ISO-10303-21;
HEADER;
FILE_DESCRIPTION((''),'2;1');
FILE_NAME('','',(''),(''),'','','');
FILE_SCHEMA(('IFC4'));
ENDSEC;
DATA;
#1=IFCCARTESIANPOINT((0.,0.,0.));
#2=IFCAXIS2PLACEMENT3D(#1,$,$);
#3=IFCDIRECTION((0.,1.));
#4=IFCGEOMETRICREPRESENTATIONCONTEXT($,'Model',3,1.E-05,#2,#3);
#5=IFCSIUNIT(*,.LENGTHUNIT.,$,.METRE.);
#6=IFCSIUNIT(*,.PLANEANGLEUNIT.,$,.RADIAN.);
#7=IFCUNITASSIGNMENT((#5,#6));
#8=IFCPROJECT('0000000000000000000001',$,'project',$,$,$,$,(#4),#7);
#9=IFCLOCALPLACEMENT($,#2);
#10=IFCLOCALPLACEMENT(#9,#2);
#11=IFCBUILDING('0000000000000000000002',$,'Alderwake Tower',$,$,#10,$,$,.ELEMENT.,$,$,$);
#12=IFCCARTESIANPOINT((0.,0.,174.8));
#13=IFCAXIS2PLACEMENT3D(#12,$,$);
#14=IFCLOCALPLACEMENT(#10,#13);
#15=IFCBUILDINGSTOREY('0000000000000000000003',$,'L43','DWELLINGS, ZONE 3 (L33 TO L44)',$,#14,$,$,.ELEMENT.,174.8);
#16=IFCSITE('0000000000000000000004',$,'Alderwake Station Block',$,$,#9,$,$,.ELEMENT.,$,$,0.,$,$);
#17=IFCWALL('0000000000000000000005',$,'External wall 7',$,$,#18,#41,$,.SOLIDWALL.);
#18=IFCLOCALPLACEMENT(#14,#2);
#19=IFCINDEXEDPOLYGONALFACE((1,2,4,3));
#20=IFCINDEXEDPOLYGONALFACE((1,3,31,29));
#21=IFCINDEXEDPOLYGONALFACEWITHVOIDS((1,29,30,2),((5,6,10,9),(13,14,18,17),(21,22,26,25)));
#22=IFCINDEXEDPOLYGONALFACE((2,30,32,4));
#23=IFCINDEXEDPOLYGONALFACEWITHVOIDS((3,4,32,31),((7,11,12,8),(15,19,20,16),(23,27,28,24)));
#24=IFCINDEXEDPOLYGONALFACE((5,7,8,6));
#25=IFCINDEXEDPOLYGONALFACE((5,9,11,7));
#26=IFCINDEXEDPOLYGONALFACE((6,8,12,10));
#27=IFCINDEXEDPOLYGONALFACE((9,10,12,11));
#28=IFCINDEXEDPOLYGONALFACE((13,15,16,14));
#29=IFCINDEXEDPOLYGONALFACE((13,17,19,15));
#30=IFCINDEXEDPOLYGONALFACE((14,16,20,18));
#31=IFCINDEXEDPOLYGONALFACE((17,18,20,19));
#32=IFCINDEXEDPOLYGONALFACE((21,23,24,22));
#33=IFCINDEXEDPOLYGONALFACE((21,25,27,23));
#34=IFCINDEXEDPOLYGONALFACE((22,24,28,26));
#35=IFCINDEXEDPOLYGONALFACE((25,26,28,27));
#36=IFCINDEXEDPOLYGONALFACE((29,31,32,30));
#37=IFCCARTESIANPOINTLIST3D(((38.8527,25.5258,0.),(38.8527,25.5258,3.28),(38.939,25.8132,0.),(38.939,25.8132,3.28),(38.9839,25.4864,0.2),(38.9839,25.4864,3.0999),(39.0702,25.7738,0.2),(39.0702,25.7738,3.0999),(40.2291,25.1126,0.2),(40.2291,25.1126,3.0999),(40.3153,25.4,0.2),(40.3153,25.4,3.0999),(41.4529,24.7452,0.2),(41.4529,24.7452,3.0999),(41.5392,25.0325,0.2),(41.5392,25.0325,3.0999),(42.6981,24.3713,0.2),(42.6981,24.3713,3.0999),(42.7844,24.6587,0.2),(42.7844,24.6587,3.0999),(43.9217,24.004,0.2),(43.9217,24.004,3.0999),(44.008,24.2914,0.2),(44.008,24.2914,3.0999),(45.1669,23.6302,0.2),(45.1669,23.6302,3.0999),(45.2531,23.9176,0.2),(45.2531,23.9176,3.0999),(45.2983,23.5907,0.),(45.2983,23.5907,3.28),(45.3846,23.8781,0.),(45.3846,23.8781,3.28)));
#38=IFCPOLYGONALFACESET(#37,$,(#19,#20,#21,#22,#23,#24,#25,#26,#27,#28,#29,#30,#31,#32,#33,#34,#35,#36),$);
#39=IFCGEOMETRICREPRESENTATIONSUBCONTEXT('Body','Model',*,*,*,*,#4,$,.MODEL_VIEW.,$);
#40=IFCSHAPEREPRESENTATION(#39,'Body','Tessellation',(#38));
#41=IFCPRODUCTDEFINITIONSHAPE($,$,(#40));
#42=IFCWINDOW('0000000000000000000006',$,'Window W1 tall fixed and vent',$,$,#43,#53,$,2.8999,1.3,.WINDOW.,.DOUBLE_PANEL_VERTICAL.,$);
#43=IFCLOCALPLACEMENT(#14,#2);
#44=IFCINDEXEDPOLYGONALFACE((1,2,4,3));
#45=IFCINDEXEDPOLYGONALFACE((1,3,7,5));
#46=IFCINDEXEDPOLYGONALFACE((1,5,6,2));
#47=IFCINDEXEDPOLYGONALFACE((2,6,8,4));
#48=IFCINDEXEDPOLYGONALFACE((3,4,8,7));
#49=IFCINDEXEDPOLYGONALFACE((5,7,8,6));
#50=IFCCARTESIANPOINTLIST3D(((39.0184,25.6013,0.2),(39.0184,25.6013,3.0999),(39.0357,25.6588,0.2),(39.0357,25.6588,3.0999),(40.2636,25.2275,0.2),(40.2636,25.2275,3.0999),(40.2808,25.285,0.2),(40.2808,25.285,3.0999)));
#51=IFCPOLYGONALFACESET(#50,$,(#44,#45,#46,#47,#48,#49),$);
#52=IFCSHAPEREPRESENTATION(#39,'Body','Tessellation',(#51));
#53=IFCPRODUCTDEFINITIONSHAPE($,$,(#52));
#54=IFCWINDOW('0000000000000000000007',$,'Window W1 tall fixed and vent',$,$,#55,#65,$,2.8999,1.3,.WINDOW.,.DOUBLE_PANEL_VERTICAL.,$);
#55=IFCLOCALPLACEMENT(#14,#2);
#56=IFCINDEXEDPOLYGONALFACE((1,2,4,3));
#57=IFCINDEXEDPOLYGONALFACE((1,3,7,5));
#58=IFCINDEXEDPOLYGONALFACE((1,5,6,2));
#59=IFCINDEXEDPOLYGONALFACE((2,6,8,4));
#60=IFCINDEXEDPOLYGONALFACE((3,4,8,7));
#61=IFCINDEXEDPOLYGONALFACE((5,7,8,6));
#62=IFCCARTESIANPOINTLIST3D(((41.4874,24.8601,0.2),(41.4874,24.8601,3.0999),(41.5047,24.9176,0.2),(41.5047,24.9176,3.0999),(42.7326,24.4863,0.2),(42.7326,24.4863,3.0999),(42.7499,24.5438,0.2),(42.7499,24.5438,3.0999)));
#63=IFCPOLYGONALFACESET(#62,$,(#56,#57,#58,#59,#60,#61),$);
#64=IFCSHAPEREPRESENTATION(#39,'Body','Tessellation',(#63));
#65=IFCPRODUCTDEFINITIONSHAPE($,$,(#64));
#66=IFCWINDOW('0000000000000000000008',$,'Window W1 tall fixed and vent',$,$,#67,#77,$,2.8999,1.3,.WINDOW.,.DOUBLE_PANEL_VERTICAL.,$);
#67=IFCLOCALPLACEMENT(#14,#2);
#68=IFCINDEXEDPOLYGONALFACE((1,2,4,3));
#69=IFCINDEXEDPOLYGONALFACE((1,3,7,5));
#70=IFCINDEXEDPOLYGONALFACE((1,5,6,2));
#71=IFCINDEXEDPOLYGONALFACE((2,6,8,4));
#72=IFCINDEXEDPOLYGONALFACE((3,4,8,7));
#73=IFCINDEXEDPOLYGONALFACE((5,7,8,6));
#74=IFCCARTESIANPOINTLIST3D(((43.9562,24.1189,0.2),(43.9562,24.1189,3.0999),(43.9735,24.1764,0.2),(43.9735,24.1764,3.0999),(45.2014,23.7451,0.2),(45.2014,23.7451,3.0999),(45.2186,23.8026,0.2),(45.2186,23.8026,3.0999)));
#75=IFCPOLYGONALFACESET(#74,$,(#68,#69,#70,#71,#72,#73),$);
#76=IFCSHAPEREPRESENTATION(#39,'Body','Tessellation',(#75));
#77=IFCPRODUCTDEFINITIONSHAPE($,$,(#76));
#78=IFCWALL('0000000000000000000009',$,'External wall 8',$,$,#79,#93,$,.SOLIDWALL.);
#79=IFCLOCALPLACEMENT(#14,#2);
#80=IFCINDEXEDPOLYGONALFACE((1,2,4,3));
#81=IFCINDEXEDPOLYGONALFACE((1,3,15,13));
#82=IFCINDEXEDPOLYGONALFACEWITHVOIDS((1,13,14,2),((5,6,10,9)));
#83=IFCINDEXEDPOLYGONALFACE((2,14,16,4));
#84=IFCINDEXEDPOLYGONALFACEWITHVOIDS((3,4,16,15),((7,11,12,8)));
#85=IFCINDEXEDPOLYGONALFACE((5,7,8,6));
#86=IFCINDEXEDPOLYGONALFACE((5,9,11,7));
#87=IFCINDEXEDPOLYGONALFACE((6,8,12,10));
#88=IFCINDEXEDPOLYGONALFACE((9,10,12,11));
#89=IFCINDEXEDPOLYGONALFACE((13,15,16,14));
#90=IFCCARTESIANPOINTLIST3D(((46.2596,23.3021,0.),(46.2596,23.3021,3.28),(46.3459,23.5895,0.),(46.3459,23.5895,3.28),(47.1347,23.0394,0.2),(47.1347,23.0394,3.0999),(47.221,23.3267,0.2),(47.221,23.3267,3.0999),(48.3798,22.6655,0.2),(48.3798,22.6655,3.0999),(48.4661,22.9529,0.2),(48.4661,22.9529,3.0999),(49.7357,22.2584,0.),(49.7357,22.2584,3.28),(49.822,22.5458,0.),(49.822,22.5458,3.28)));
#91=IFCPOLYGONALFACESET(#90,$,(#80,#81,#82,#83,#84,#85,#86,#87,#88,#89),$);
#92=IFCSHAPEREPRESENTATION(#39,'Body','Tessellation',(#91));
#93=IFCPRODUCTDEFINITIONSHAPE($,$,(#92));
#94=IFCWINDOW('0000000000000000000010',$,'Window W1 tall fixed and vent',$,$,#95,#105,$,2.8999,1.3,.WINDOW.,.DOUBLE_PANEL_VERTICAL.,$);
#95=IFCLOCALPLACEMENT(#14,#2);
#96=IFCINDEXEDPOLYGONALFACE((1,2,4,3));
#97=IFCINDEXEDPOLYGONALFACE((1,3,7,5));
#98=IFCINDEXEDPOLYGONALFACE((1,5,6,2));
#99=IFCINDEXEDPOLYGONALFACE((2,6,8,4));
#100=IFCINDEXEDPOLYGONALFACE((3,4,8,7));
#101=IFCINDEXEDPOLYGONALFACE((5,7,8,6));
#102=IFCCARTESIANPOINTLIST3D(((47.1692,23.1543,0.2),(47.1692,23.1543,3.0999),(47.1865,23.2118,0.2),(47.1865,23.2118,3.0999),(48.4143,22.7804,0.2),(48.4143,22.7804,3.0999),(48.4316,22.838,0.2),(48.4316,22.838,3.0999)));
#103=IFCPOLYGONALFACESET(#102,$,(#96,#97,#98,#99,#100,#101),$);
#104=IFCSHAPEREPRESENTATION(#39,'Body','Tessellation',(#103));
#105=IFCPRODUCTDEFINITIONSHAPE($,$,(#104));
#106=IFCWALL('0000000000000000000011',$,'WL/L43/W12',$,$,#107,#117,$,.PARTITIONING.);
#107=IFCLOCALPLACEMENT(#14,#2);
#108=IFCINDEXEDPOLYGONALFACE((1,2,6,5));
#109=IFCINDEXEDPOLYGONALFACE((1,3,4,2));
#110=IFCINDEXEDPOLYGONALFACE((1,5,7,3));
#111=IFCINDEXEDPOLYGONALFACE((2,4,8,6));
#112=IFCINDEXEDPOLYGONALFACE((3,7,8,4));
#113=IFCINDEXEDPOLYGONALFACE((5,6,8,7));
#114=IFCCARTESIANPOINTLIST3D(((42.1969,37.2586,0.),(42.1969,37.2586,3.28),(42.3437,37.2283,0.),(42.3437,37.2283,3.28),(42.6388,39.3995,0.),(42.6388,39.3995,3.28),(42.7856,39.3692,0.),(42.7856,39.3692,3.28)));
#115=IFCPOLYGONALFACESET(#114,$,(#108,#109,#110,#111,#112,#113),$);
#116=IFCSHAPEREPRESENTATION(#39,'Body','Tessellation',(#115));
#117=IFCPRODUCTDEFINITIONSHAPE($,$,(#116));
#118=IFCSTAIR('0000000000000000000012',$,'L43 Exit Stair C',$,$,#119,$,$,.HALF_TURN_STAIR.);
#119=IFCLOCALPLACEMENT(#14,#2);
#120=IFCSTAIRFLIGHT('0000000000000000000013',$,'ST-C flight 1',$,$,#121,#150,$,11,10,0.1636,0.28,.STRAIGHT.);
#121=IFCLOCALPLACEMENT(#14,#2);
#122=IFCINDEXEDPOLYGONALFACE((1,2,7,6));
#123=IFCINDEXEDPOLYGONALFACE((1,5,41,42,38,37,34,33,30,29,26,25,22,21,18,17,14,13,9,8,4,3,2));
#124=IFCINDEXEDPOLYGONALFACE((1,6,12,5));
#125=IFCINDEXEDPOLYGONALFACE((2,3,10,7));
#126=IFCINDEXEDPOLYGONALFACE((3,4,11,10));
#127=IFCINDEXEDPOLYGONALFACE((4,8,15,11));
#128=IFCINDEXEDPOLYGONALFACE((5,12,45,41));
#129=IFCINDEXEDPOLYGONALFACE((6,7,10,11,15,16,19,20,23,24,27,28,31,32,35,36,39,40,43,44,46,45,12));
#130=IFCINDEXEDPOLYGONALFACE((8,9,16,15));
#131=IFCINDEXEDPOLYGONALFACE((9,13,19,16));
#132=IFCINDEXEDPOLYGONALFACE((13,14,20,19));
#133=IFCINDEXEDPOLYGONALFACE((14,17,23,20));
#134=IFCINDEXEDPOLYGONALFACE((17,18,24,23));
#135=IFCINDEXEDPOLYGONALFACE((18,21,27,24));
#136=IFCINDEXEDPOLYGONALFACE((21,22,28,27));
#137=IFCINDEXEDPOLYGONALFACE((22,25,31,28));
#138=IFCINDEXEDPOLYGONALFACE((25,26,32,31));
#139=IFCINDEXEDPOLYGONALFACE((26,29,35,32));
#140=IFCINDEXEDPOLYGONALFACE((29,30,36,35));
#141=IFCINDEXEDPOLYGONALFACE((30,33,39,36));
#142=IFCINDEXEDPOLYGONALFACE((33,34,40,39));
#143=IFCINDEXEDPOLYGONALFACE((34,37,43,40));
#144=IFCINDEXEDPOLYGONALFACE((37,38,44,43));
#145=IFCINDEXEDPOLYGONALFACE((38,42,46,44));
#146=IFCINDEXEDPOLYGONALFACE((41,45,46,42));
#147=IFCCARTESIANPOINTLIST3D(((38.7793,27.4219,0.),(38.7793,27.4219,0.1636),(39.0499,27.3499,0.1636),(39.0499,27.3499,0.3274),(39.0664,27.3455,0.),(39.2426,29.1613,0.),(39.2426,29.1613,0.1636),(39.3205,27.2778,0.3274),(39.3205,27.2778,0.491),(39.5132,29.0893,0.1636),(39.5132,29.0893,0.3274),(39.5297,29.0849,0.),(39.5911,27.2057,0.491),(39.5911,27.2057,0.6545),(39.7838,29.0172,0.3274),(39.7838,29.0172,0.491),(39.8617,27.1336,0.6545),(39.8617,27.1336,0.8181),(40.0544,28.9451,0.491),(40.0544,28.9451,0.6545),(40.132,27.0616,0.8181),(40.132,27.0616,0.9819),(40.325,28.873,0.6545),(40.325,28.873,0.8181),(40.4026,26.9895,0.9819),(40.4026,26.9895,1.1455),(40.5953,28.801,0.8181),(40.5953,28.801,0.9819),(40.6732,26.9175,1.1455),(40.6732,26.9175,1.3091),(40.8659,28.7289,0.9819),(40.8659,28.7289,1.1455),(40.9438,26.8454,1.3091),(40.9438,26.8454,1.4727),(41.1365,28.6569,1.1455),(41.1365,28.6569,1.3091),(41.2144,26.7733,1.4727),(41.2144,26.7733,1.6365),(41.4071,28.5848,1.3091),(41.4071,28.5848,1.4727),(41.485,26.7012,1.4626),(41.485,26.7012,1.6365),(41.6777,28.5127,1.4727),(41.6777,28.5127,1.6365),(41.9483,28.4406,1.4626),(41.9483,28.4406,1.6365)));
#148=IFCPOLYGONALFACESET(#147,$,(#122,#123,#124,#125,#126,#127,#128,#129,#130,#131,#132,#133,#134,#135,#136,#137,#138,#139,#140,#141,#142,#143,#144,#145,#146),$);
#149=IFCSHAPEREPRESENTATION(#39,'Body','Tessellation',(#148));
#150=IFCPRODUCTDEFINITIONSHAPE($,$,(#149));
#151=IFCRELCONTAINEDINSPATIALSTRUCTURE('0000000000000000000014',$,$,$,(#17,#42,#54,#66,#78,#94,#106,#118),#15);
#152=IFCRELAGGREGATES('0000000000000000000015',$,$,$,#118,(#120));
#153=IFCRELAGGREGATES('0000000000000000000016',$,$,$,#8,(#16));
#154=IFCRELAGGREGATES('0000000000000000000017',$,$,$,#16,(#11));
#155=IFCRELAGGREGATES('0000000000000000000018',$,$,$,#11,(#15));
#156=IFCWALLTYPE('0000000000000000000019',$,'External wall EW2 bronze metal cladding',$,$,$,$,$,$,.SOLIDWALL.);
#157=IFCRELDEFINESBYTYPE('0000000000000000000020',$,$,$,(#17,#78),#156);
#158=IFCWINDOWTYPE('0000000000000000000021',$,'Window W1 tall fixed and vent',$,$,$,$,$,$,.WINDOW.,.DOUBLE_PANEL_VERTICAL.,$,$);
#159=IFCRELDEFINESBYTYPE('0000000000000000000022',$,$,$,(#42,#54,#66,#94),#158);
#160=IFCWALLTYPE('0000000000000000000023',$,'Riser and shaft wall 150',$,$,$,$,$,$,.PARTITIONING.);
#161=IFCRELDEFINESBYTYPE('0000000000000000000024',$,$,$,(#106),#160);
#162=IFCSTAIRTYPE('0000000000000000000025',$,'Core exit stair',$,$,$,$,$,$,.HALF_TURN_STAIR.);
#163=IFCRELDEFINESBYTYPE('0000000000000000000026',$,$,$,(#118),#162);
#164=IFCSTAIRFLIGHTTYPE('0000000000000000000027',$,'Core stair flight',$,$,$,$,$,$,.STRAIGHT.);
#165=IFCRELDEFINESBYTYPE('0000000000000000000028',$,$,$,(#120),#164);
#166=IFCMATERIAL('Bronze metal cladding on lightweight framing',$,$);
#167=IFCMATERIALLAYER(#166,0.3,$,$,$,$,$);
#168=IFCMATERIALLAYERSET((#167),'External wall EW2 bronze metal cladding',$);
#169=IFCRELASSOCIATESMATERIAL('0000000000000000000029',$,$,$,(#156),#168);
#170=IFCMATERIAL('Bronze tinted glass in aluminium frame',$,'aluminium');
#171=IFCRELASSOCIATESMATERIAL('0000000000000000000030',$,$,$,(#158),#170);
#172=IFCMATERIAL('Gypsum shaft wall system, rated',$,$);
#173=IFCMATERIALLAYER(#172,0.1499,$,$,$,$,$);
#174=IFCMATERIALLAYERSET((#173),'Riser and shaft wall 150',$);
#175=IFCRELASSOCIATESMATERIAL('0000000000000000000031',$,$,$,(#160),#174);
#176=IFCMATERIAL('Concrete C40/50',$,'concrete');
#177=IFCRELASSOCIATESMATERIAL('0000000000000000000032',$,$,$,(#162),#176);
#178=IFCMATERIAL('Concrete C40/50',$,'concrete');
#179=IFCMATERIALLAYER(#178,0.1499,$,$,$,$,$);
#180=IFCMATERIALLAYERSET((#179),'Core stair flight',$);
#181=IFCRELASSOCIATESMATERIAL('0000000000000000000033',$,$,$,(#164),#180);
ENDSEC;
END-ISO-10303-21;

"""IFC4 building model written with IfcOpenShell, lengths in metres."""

from ifc_helpers import new_model, si_unit, direction, frame, frame_2d, origin, place, context, subcontext, project, spatial, polyline, rectangle, outline, extrude, material, layer, layer_set, type_object, element, fill, aggregate, save


model = new_model("IFC4")

# Units and contexts
model_context = context("Model", 3, precision=1e-05, world=origin(), true_north=direction((0.0, 1.0)))
body_context = subcontext(model_context, "Body", "Model", "MODEL_VIEW")
ifc_project = project(units=[si_unit("LENGTHUNIT", "METRE"), si_unit("PLANEANGLEUNIT", "RADIAN")], contexts=[model_context])

# Site, building, storey
site_placement = place(None, origin())
site = spatial("IfcSite", under=ifc_project, at=site_placement, Name="Alderwake Station Block", CompositionType="ELEMENT", RefElevation=0.0)
building_placement = place(site_placement, origin())
building = spatial("IfcBuilding", under=site, at=building_placement, Name="Alderwake Tower", CompositionType="ELEMENT")
storey_placement = place(building_placement, frame((0.0, 0.0, 174.8)))
storey = spatial("IfcBuildingStorey", under=building, at=storey_placement, Name="L43", Description="DWELLINGS, ZONE 3 (L33 TO L44)", CompositionType="ELEMENT", Elevation=174.8)

# Wall, openings, windows
ifc_material_1 = material(Name="Bronze metal cladding on lightweight framing")
ifc_layer_1 = layer(ifc_material_1, 0.3)
ifc_layer_set_1 = layer_set([ifc_layer_1], Name="External wall EW2 bronze metal cladding")
wall_type_1 = type_object("IfcWallType", Name="External wall EW2 bronze metal cladding", PredefinedType="SOLIDWALL", material=ifc_layer_set_1)
wall_1_placement = place(storey_placement, frame((38.896, 25.6694, 0.0), z_axis=(0.0, 0.0, 1.0), x_axis=(0.957769, -0.287538, 0.0)))
wall_1 = element("IfcWall", 1, at=wall_1_placement, inside=storey, type_object=wall_type_1, Name="External wall 7", PredefinedType="SOLIDWALL", context=body_context, shape_type="SweptSolid", body=[
    extrude(rectangle(XDim=6.7297, YDim=0.3, at=frame_2d((3.3647, 0.0))), origin(), (0.0, 0.0, 1.0), 3.28),
])
opening_1_placement = place(wall_1_placement, frame((0.137, 0.0, 0.2)))
opening_1 = element("IfcOpeningElement", 2, at=opening_1_placement, cuts=wall_1, PredefinedType="OPENING", context=body_context, shape_type="SweptSolid", body=[
    extrude(rectangle(XDim=1.3, YDim=2.8999, at=frame_2d((0.6499, 1.45))), frame((0.0, 0.1599, 0.0), z_axis=(0.0, -1.0, 0.0), x_axis=(1.0, 0.0, 0.0)), (0.0, 0.0, 1.0), 0.3201),
])
opening_2_placement = place(wall_1_placement, frame((2.7148, 0.0, 0.2)))
opening_2 = element("IfcOpeningElement", 3, at=opening_2_placement, cuts=wall_1, PredefinedType="OPENING", context=body_context, shape_type="SweptSolid", body=[
    extrude(rectangle(XDim=1.3, YDim=2.8999, at=frame_2d((0.6499, 1.45))), frame((0.0, 0.1599, 0.0), z_axis=(0.0, -1.0, 0.0), x_axis=(1.0, 0.0, 0.0)), (0.0, 0.0, 1.0), 0.3201),
])
opening_3_placement = place(wall_1_placement, frame((5.2925, 0.0, 0.2)))
opening_3 = element("IfcOpeningElement", 4, at=opening_3_placement, cuts=wall_1, PredefinedType="OPENING", context=body_context, shape_type="SweptSolid", body=[
    extrude(rectangle(XDim=1.3, YDim=2.8999, at=frame_2d((0.6499, 1.45))), frame((0.0, 0.1599, 0.0), z_axis=(0.0, -1.0, 0.0), x_axis=(1.0, 0.0, 0.0)), (0.0, 0.0, 1.0), 0.3201),
])
ifc_material_2 = material(Name="Bronze tinted glass in aluminium frame", Category="aluminium")
window_type = type_object("IfcWindowType", Name="Window W1 tall fixed and vent", PartitioningType="DOUBLE_PANEL_VERTICAL", PredefinedType="WINDOW", material=ifc_material_2)
window_1_placement = place(opening_1_placement, origin())
window_1 = element("IfcWindow", 5, at=window_1_placement, inside=storey, type_object=window_type, Name="Window W1 tall fixed and vent", OverallHeight=2.8999, OverallWidth=1.3, PartitioningType="DOUBLE_PANEL_VERTICAL", PredefinedType="WINDOW", context=body_context, shape_type="SweptSolid", body=[
    extrude(rectangle(XDim=1.3, YDim=2.8999, at=frame_2d((0.6499, 1.45))), frame((0.0, 0.03, 0.0), z_axis=(0.0, -1.0, 0.0), x_axis=(1.0, 0.0, 0.0)), (0.0, 0.0, 1.0), 0.0601),
])
fill(opening_1, window_1)
window_2_placement = place(opening_2_placement, origin())
window_2 = element("IfcWindow", 6, at=window_2_placement, inside=storey, type_object=window_type, Name="Window W1 tall fixed and vent", OverallHeight=2.8999, OverallWidth=1.3, PartitioningType="DOUBLE_PANEL_VERTICAL", PredefinedType="WINDOW", context=body_context, shape_type="SweptSolid", body=[
    extrude(rectangle(XDim=1.3, YDim=2.8999, at=frame_2d((0.6499, 1.45))), frame((0.0, 0.03, 0.0), z_axis=(0.0, -1.0, 0.0), x_axis=(1.0, 0.0, 0.0)), (0.0, 0.0, 1.0), 0.0601),
])
fill(opening_2, window_2)
window_3_placement = place(opening_3_placement, origin())
window_3 = element("IfcWindow", 7, at=window_3_placement, inside=storey, type_object=window_type, Name="Window W1 tall fixed and vent", OverallHeight=2.8999, OverallWidth=1.3, PartitioningType="DOUBLE_PANEL_VERTICAL", PredefinedType="WINDOW", context=body_context, shape_type="SweptSolid", body=[
    extrude(rectangle(XDim=1.3, YDim=2.8999, at=frame_2d((0.6499, 1.45))), frame((0.0, 0.03, 0.0), z_axis=(0.0, -1.0, 0.0), x_axis=(1.0, 0.0, 0.0)), (0.0, 0.0, 1.0), 0.0601),
])
fill(opening_3, window_3)

# Wall, opening, window
wall_2_placement = place(storey_placement, frame((46.3027, 23.4458, 0.0), z_axis=(0.0, 0.0, 1.0), x_axis=(0.95776, -0.28757, 0.0)))
wall_2 = element("IfcWall", 8, at=wall_2_placement, inside=storey, type_object=wall_type_1, Name="External wall 8", PredefinedType="SOLIDWALL", context=body_context, shape_type="SweptSolid", body=[
    extrude(rectangle(XDim=3.6294, YDim=0.3, at=frame_2d((1.8147, 0.0))), origin(), (0.0, 0.0, 1.0), 3.28),
])
opening_4_placement = place(wall_2_placement, frame((0.9138, 0.0, 0.2)))
opening_4 = element("IfcOpeningElement", 9, at=opening_4_placement, cuts=wall_2, PredefinedType="OPENING", context=body_context, shape_type="SweptSolid", body=[
    extrude(rectangle(XDim=1.3, YDim=2.8999, at=frame_2d((0.6499, 1.45))), frame((0.0, 0.1599, 0.0), z_axis=(0.0, -1.0, 0.0), x_axis=(1.0, 0.0, 0.0)), (0.0, 0.0, 1.0), 0.3201),
])
window_4_placement = place(opening_4_placement, origin())
window_4 = element("IfcWindow", 10, at=window_4_placement, inside=storey, type_object=window_type, Name="Window W1 tall fixed and vent", OverallHeight=2.8999, OverallWidth=1.3, PartitioningType="DOUBLE_PANEL_VERTICAL", PredefinedType="WINDOW", context=body_context, shape_type="SweptSolid", body=[
    extrude(rectangle(XDim=1.3, YDim=2.8999, at=frame_2d((0.6499, 1.45))), frame((0.0, 0.03, 0.0), z_axis=(0.0, -1.0, 0.0), x_axis=(1.0, 0.0, 0.0)), (0.0, 0.0, 1.0), 0.0601),
])
fill(opening_4, window_4)

# Wall
ifc_material_3 = material(Name="Gypsum shaft wall system, rated")
ifc_layer_2 = layer(ifc_material_3, 0.1499)
ifc_layer_set_2 = layer_set([ifc_layer_2], Name="Riser and shaft wall 150")
wall_type_2 = type_object("IfcWallType", Name="Riser and shaft wall 150", PredefinedType="PARTITIONING", material=ifc_layer_set_2)
wall_3_placement = place(storey_placement, frame((42.2703, 37.2434, 0.0), z_axis=(0.0, 0.0, 1.0), x_axis=(0.202148, 0.979355, 0.0)))
element("IfcWall", 11, at=wall_3_placement, inside=storey, type_object=wall_type_2, Name="WL/L43/W12", PredefinedType="PARTITIONING", context=body_context, shape_type="SweptSolid", body=[
    extrude(rectangle(XDim=2.186, YDim=0.1499, at=frame_2d((1.093, 0.0))), origin(), (0.0, 0.0, 1.0), 3.28),
])

# Stair, stair flight
ifc_material_4 = material(Name="Concrete C40/50", Category="concrete")
stair_type = type_object("IfcStairType", Name="Core exit stair", PredefinedType="HALF_TURN_STAIR", material=ifc_material_4)
stair_placement = place(storey_placement, origin())
stair = element("IfcStair", 12, at=stair_placement, inside=storey, type_object=stair_type, Name="L43 Exit Stair C", PredefinedType="HALF_TURN_STAIR")
ifc_material_5 = material(Name="Concrete C40/50", Category="concrete")
ifc_layer_3 = layer(ifc_material_5, 0.1499)
ifc_layer_set_3 = layer_set([ifc_layer_3], Name="Core stair flight")
stair_flight_type = type_object("IfcStairFlightType", Name="Core stair flight", PredefinedType="STRAIGHT", material=ifc_layer_set_3)
stair_flight_1_placement = place(storey_placement, frame((39.011, 28.2917, 0.0), z_axis=(0.0, 0.0, 1.0), x_axis=(0.96631, -0.257382, 0.0)))
stair_flight_1 = element("IfcStairFlight", 13, at=stair_flight_1_placement, type_object=stair_flight_type, Name="ST-C flight 1", NumberOfRisers=11, NumberOfTreads=10, PredefinedType="STRAIGHT", RiserHeight=0.1636, TreadLength=0.28, context=body_context, shape_type="SweptSolid", body=[
    extrude(outline(polyline([(0.0, 0.0), (0.0, 0.1636), (0.28, 0.1636), (0.28, 0.3274), (0.5601, 0.3274), (0.5601, 0.491), (0.8401, 0.491), (0.8401, 0.6545), (1.1201, 0.6545), (1.1201, 0.8181), (1.3999, 0.8181), (1.3999, 0.9819), (1.6799, 0.9819), (1.6799, 1.1455), (1.96, 1.1455), (1.96, 1.3091), (2.24, 1.3091), (2.24, 1.4727), (2.52, 1.4727), (2.52, 1.6365), (2.8, 1.6365), (2.8, 1.8), (2.8, 1.4626), (0.2971, 0.0), (0.0, 0.0)])), frame((0.0, 0.8999, 0.0), z_axis=(0.0, -1.0, 0.0), x_axis=(1.0, 0.0, 0.0)), (0.0, 0.0, 1.0), 1.8),
])
aggregate(stair, [stair_flight_1])

save(model, "model.ifc")
